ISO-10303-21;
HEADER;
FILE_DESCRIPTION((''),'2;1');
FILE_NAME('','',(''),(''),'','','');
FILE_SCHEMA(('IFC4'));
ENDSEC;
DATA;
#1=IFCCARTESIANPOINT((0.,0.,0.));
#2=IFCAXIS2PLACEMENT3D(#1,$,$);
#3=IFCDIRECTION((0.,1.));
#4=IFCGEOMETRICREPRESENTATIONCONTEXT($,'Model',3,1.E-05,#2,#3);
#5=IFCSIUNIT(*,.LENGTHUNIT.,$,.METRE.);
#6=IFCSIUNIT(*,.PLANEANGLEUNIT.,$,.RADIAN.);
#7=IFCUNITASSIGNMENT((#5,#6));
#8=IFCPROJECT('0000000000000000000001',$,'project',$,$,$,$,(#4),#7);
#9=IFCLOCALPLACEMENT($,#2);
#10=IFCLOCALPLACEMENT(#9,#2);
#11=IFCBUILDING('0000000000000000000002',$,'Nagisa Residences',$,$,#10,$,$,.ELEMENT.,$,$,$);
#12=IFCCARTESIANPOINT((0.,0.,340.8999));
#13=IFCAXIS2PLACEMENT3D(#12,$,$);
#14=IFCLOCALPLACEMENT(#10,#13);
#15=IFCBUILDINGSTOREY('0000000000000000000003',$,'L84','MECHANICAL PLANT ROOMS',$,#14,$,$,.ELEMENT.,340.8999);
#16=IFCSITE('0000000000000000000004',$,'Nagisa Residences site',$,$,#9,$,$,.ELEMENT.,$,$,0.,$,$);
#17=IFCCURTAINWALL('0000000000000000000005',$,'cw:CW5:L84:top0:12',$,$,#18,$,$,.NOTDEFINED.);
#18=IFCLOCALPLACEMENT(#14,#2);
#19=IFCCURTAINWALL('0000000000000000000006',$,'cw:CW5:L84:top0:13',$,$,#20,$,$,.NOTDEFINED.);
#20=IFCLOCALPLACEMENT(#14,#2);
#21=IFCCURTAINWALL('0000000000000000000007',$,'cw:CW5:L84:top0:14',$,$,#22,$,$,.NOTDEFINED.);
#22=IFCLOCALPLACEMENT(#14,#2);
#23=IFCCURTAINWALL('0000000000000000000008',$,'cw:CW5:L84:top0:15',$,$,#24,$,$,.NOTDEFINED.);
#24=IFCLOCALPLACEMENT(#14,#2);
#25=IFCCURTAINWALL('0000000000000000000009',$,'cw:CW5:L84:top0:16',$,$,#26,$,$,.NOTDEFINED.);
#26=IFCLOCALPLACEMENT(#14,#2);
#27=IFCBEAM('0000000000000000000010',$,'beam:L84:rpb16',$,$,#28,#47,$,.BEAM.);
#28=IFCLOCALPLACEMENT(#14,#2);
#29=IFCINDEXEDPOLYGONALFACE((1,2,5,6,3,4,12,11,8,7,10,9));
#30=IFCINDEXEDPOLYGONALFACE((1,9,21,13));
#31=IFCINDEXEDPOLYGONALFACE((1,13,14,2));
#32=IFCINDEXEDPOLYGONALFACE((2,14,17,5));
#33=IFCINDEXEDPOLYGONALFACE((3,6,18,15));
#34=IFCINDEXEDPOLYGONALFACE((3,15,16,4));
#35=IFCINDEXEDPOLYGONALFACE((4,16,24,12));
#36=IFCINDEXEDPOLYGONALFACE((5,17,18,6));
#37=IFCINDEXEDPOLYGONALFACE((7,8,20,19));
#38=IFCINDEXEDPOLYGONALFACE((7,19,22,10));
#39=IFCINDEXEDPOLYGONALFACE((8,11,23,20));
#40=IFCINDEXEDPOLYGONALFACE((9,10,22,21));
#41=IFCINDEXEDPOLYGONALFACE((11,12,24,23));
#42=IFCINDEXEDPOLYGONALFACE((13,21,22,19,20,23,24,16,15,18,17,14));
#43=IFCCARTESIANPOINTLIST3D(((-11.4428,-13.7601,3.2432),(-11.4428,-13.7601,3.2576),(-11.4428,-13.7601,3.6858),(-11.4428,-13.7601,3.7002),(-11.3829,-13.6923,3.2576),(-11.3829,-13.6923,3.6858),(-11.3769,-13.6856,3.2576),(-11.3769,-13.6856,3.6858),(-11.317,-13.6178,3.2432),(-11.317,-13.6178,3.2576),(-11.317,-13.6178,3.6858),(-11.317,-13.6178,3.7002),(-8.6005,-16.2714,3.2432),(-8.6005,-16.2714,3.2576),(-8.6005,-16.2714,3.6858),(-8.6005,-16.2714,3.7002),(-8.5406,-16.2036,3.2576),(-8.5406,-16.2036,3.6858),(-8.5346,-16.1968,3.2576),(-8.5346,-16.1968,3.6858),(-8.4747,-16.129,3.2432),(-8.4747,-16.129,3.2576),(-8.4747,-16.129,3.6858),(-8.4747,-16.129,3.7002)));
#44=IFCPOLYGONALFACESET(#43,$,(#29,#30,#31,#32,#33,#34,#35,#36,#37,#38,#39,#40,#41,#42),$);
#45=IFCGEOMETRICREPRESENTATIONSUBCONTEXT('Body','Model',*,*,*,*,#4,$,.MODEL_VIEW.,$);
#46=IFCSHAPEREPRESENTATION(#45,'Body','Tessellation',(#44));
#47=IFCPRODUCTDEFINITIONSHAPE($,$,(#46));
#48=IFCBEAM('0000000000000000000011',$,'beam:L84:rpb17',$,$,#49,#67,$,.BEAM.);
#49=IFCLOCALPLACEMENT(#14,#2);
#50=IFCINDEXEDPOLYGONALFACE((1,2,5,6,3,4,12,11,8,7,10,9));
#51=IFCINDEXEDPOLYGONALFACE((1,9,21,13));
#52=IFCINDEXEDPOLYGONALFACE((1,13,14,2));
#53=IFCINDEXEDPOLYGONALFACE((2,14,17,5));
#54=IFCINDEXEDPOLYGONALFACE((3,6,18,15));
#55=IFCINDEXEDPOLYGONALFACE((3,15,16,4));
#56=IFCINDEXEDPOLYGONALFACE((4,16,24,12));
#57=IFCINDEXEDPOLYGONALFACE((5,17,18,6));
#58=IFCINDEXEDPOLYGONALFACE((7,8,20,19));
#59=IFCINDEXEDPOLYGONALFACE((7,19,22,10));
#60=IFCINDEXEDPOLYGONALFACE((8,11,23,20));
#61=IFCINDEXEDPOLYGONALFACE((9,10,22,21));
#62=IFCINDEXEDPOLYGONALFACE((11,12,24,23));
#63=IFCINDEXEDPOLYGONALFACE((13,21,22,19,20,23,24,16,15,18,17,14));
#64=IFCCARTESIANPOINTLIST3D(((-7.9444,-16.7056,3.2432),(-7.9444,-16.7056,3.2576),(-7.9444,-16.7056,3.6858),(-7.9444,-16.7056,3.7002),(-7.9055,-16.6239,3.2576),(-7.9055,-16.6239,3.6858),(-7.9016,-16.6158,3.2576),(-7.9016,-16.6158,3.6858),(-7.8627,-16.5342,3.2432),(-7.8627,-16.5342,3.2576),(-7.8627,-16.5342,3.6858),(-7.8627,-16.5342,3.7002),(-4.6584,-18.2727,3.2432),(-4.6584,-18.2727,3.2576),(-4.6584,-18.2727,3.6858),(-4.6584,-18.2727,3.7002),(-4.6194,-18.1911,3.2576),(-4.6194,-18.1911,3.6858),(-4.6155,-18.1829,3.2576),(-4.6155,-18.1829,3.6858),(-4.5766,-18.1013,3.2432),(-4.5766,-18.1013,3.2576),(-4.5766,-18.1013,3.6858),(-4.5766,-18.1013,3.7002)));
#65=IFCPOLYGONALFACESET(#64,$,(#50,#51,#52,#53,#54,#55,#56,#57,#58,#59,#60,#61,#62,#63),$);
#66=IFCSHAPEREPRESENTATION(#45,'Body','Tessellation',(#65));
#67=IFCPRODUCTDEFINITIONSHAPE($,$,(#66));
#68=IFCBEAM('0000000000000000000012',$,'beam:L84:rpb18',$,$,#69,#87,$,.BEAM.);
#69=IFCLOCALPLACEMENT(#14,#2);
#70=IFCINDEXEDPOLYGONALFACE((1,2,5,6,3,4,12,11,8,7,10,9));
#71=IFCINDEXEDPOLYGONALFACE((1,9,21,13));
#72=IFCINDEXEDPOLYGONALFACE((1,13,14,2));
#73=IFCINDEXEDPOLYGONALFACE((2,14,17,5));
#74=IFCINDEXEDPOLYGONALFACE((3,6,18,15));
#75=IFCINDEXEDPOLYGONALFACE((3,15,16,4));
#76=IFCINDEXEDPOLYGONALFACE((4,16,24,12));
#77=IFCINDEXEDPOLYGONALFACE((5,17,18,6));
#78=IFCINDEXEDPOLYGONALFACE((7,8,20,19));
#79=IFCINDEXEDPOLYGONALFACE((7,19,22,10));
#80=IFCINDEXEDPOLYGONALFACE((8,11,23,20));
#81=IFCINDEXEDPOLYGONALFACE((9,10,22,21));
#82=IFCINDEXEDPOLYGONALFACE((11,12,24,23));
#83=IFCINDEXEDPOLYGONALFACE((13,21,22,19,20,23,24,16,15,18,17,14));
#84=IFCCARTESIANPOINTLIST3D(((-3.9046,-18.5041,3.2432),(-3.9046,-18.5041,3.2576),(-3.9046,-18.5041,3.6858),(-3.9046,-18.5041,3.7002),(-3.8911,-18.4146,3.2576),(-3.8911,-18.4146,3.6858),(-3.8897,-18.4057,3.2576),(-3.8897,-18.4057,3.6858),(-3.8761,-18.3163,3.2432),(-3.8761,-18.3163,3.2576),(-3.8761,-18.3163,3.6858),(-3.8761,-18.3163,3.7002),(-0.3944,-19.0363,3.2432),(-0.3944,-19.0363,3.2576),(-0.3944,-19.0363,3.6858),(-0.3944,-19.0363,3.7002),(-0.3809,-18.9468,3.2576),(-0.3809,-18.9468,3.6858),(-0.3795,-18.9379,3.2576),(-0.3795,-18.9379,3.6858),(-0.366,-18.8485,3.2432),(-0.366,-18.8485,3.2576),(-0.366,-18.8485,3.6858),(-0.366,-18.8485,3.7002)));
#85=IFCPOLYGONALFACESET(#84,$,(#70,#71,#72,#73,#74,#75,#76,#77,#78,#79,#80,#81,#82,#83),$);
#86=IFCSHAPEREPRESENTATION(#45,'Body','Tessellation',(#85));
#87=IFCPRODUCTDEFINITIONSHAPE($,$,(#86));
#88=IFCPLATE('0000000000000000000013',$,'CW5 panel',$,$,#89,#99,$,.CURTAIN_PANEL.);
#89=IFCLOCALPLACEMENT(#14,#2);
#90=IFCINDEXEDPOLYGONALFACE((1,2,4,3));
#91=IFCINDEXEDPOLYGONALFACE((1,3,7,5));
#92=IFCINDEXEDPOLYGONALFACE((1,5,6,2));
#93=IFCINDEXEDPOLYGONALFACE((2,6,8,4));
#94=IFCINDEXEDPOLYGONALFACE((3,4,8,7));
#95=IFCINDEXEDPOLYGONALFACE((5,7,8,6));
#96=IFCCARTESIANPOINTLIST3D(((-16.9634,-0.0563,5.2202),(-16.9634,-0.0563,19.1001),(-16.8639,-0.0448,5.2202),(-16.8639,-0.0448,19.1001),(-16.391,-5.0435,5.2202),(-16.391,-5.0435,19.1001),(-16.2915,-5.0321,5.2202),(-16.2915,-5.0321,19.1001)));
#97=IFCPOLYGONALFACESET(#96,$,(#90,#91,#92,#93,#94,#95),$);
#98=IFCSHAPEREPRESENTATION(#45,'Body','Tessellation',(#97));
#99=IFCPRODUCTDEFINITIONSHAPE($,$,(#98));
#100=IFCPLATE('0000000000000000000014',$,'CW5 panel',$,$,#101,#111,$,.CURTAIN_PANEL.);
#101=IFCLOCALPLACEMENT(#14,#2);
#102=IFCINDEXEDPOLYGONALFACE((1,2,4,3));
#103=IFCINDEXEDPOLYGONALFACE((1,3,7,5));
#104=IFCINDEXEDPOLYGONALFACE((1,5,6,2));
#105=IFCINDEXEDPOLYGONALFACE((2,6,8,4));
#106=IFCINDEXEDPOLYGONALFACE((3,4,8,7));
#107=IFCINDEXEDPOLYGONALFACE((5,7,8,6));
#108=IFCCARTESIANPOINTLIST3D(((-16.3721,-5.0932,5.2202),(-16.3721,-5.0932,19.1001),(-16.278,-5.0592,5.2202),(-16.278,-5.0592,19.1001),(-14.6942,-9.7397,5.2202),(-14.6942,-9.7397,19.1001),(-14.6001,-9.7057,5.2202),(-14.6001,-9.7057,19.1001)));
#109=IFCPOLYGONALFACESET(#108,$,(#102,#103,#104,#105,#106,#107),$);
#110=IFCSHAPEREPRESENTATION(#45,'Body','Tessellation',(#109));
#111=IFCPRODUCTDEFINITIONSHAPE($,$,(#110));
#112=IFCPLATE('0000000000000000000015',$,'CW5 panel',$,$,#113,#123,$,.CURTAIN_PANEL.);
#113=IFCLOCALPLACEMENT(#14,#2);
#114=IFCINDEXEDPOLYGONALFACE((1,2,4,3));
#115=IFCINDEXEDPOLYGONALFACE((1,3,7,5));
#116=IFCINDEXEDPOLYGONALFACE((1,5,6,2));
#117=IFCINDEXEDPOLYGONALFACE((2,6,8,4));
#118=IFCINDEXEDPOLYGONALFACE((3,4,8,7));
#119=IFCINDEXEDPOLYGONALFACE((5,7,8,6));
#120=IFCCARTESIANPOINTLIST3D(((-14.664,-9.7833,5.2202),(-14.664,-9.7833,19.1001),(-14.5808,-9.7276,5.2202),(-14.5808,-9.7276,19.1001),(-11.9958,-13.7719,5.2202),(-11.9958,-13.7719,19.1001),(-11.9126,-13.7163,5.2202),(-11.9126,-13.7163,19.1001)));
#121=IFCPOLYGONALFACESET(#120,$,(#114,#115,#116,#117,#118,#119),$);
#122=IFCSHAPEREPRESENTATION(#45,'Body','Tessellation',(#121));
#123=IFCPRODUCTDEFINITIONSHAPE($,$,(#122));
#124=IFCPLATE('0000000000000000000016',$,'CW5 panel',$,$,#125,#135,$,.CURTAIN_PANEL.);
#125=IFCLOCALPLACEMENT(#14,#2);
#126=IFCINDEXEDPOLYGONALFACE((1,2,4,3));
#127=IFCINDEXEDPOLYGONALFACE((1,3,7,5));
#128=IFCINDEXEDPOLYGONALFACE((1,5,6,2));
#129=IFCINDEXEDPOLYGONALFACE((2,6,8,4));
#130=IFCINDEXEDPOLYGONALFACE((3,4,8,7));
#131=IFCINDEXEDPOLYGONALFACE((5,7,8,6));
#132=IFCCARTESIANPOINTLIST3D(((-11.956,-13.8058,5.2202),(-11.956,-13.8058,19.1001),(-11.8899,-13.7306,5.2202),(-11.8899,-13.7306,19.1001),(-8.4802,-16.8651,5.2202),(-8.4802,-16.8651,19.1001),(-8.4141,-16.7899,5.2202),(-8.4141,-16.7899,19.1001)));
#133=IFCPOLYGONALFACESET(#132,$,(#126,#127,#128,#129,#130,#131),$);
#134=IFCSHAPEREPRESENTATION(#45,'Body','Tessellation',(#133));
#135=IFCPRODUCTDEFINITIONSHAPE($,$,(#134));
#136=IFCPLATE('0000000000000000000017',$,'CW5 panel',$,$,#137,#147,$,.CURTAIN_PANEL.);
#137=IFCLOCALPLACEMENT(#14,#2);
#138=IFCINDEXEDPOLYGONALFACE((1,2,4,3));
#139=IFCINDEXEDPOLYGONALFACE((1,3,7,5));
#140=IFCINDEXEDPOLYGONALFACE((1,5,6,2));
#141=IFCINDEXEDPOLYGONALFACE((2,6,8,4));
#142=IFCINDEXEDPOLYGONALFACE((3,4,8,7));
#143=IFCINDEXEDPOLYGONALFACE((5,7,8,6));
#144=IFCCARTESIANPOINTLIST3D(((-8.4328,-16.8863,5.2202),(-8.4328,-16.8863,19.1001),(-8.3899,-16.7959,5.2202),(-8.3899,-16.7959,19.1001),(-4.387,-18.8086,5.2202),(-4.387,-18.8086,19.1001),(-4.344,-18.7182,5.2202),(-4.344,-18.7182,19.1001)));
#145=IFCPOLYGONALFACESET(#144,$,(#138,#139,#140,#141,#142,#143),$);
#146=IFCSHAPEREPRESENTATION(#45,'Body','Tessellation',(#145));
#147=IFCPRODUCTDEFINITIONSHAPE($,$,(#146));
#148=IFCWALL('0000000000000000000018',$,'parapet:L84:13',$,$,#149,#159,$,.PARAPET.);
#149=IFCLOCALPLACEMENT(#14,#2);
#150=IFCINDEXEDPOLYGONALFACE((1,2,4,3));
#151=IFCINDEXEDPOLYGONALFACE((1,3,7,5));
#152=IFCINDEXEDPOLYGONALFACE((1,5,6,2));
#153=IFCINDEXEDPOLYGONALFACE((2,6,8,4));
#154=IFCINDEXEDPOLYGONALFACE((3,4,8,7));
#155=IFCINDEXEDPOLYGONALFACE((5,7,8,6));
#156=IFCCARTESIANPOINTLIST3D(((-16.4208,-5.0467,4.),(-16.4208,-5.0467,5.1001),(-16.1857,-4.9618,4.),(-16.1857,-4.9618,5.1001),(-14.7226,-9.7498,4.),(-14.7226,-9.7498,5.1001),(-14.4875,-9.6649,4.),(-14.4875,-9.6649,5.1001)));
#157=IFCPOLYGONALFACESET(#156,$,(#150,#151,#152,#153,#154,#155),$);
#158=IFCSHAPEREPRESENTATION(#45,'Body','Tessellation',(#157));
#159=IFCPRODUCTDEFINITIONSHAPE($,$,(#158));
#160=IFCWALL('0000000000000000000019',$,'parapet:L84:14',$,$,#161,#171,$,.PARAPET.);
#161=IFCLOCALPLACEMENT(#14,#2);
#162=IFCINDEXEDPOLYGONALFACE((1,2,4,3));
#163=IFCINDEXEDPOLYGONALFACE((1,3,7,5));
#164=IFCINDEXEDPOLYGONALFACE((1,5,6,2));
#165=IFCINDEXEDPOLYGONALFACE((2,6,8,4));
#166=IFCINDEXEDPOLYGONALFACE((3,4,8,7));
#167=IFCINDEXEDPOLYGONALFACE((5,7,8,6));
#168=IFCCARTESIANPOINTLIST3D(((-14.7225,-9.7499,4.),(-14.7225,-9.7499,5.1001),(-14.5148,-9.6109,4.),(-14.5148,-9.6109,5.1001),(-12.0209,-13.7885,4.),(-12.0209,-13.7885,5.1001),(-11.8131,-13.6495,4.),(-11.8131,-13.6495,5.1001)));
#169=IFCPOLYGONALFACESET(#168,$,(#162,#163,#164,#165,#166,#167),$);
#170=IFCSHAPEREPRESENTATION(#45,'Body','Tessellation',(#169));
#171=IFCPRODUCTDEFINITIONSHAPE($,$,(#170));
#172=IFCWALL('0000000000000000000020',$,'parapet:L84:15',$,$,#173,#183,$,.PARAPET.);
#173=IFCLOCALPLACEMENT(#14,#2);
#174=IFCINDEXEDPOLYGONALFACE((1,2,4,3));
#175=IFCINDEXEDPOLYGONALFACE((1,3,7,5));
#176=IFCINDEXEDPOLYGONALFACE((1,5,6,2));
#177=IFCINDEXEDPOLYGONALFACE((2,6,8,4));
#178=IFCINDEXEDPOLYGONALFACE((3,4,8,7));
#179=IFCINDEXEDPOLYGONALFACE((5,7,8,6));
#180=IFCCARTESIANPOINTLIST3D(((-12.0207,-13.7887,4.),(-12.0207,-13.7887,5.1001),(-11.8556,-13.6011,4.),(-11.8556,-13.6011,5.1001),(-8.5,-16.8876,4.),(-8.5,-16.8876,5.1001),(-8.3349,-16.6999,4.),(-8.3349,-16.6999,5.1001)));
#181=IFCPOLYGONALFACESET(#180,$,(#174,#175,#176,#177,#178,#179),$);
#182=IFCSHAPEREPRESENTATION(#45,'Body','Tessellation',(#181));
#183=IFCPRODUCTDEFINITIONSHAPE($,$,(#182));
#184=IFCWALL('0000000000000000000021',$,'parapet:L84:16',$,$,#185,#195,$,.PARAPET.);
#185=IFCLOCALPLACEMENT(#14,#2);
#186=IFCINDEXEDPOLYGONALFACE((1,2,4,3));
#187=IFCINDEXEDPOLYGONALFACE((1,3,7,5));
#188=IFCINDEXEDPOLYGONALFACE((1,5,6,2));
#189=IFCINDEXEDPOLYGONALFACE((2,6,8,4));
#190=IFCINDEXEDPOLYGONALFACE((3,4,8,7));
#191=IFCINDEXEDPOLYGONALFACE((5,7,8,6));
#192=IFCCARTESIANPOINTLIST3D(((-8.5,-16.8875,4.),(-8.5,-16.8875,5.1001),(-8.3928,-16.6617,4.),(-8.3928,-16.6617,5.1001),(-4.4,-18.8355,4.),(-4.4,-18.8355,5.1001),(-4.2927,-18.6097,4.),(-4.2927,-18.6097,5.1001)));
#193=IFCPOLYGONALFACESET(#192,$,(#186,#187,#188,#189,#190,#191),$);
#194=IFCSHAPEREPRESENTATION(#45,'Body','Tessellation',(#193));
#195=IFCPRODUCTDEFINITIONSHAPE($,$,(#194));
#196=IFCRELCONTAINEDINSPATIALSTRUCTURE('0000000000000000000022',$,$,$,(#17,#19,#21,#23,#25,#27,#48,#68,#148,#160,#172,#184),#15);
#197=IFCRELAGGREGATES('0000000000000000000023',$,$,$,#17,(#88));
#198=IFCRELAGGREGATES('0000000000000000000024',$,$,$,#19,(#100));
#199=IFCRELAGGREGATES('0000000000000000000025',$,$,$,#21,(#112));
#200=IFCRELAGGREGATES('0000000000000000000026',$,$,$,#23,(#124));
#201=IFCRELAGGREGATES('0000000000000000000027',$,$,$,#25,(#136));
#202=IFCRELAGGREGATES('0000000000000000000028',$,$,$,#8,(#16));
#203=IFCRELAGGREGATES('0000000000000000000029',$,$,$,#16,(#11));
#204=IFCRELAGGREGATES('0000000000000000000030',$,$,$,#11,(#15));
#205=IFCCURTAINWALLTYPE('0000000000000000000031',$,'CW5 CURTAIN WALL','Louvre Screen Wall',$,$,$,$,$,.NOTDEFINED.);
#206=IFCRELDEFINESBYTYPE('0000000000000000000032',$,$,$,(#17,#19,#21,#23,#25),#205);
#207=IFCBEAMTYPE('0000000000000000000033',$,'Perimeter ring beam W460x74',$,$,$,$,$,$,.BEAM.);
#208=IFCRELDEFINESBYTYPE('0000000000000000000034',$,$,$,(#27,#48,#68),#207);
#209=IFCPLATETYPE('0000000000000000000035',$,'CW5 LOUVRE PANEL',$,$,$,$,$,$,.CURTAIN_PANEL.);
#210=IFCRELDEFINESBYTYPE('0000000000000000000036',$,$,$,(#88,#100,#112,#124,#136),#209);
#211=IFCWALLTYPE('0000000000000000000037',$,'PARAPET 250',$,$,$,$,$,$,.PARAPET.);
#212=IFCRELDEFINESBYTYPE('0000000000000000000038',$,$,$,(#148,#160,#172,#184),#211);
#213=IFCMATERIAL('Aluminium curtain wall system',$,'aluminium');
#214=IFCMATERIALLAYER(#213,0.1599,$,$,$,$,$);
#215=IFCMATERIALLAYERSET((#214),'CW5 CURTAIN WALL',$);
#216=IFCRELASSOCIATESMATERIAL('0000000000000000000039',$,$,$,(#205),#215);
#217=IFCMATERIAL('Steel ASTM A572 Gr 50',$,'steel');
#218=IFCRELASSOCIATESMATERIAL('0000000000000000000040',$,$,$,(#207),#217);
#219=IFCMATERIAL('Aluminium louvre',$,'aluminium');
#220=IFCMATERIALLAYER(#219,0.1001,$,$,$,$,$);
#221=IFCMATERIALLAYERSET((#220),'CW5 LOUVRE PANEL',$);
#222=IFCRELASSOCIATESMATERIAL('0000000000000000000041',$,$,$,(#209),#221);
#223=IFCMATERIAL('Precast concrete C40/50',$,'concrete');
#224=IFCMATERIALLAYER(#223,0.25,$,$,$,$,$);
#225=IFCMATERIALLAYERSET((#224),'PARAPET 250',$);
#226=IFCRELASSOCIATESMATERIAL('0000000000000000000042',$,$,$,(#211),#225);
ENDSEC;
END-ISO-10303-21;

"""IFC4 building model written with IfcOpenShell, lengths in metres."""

from ifc_helpers import new_model, si_unit, direction, frame, frame_2d, origin, origin_2d, place, context, subcontext, project, spatial, rectangle, i_section, extrude, material, layer, layer_set, material_profile, profile_set, type_object, element, aggregate, save


model = new_model("IFC4")

# Units and contexts
model_context = context("Model", 3, precision=1e-05, world=origin(), true_north=direction((0.0, 1.0)))
body_context = subcontext(model_context, "Body", "Model", "MODEL_VIEW")
ifc_project = project(units=[si_unit("LENGTHUNIT", "METRE"), si_unit("PLANEANGLEUNIT", "RADIAN")], contexts=[model_context])

# Site, building, storey
site_placement = place(None, origin())
site = spatial("IfcSite", under=ifc_project, at=site_placement, Name="Nagisa Residences site", CompositionType="ELEMENT", RefElevation=0.0)
building_placement = place(site_placement, origin())
building = spatial("IfcBuilding", under=site, at=building_placement, Name="Nagisa Residences", CompositionType="ELEMENT")
storey_placement = place(building_placement, frame((0.0, 0.0, 340.8999)))
storey = spatial("IfcBuildingStorey", under=building, at=storey_placement, Name="L84", Description="MECHANICAL PLANT ROOMS", CompositionType="ELEMENT", Elevation=340.8999)

# Curtain walls
ifc_material_1 = material(Name="Aluminium curtain wall system", Category="aluminium")
ifc_layer_1 = layer(ifc_material_1, 0.1599)
ifc_layer_set_1 = layer_set([ifc_layer_1], Name="CW5 CURTAIN WALL")
curtain_wall_type = type_object("IfcCurtainWallType", Name="CW5 CURTAIN WALL", Description="Louvre Screen Wall", PredefinedType="NOTDEFINED", material=ifc_layer_set_1)
curtain_wall_1_placement = place(storey_placement, origin())
curtain_wall_1 = element("IfcCurtainWall", 1, at=curtain_wall_1_placement, inside=storey, type_object=curtain_wall_type, Name="cw:CW5:L84:top0:12", PredefinedType="NOTDEFINED")
curtain_wall_2_placement = place(storey_placement, origin())
curtain_wall_2 = element("IfcCurtainWall", 2, at=curtain_wall_2_placement, inside=storey, type_object=curtain_wall_type, Name="cw:CW5:L84:top0:13", PredefinedType="NOTDEFINED")
curtain_wall_3_placement = place(storey_placement, origin())
curtain_wall_3 = element("IfcCurtainWall", 3, at=curtain_wall_3_placement, inside=storey, type_object=curtain_wall_type, Name="cw:CW5:L84:top0:14", PredefinedType="NOTDEFINED")
curtain_wall_4_placement = place(storey_placement, origin())
curtain_wall_4 = element("IfcCurtainWall", 4, at=curtain_wall_4_placement, inside=storey, type_object=curtain_wall_type, Name="cw:CW5:L84:top0:15", PredefinedType="NOTDEFINED")
curtain_wall_5_placement = place(storey_placement, origin())
curtain_wall_5 = element("IfcCurtainWall", 5, at=curtain_wall_5_placement, inside=storey, type_object=curtain_wall_type, Name="cw:CW5:L84:top0:16", PredefinedType="NOTDEFINED")

# Beams
ifc_material_2 = material(Name="Steel ASTM A572 Gr 50", Category="steel")
ifc_material_profile_1 = material_profile(ifc_material_2, i_section(OverallWidth=0.1899, OverallDepth=0.457, WebThickness=0.009, FlangeThickness=0.0144, at=origin_2d()), Name="W460x74")
ifc_profile_set_1 = profile_set([ifc_material_profile_1], Name="Steel ASTM A572 Gr 50")
beam_type = type_object("IfcBeamType", Name="Perimeter ring beam W460x74", PredefinedType="BEAM", material=ifc_profile_set_1)
beam_1_placement = place(storey_placement, frame((-11.3799, -13.689, 3.4717), z_axis=(0.749402, -0.662115, 0.0), x_axis=(0.662115, 0.749402, 0.0)))
element("IfcBeam", 6, at=beam_1_placement, inside=storey, type_object=beam_type, Name="beam:L84:rpb16", PredefinedType="BEAM", context=body_context, shape_type="SweptSolid", body=[
    extrude(i_section(OverallWidth=0.1899, OverallDepth=0.457, WebThickness=0.009, FlangeThickness=0.0144, at=origin_2d()), origin(), (0.0, 0.0, 1.0), 3.7927),
])
beam_2_placement = place(storey_placement, frame((-7.9036, -16.6199, 3.4717), z_axis=(0.902614, -0.430452, 0.0), x_axis=(0.430452, 0.902614, 0.0)))
element("IfcBeam", 7, at=beam_2_placement, inside=storey, type_object=beam_type, Name="beam:L84:rpb17", PredefinedType="BEAM", context=body_context, shape_type="SweptSolid", body=[
    extrude(i_section(OverallWidth=0.1899, OverallDepth=0.457, WebThickness=0.009, FlangeThickness=0.0144, at=origin_2d()), origin(), (0.0, 0.0, 1.0), 3.6406),
])
beam_3_placement = place(storey_placement, frame((-3.8904, -18.4102, 3.4717), z_axis=(0.9887, -0.149907, 0.0), x_axis=(0.149907, 0.9887, 0.0)))
element("IfcBeam", 8, at=beam_3_placement, inside=storey, type_object=beam_type, Name="beam:L84:rpb18", PredefinedType="BEAM", context=body_context, shape_type="SweptSolid", body=[
    extrude(i_section(OverallWidth=0.1899, OverallDepth=0.457, WebThickness=0.009, FlangeThickness=0.0144, at=origin_2d()), origin(), (0.0, 0.0, 1.0), 3.5503),
])

# Plates
ifc_material_3 = material(Name="Aluminium louvre", Category="aluminium")
ifc_layer_2 = layer(ifc_material_3, 0.1001)
ifc_layer_set_2 = layer_set([ifc_layer_2], Name="CW5 LOUVRE PANEL")
plate_type = type_object("IfcPlateType", Name="CW5 LOUVRE PANEL", PredefinedType="CURTAIN_PANEL", material=ifc_layer_set_2)
plate_1_placement = place(storey_placement, frame((-16.6274, -2.5442, 5.2202), z_axis=(0.0, 0.0, 1.0), x_axis=(0.114025, -0.993478, 0.0)))
plate_1 = element("IfcPlate", 9, at=plate_1_placement, type_object=plate_type, Name="CW5 panel", PredefinedType="CURTAIN_PANEL", context=body_context, shape_type="SweptSolid", body=[
    extrude(rectangle(XDim=5.02, YDim=0.1001, at=origin_2d()), origin(), (0.0, 0.0, 1.0), 13.8799),
])
aggregate(curtain_wall_1, [plate_1])
plate_2_placement = place(storey_placement, frame((-15.4861, -7.3994, 5.2202), z_axis=(0.0, 0.0, 1.0), x_axis=(0.339643, -0.940554, 0.0)))
plate_2 = element("IfcPlate", 10, at=plate_2_placement, type_object=plate_type, Name="CW5 panel", PredefinedType="CURTAIN_PANEL", context=body_context, shape_type="SweptSolid", body=[
    extrude(rectangle(XDim=4.9402, YDim=0.1001, at=origin_2d()), origin(), (0.0, 0.0, 1.0), 13.8799),
])
aggregate(curtain_wall_2, [plate_2])
plate_3_placement = place(storey_placement, frame((-13.2883, -11.7498, 5.2202), z_axis=(0.0, 0.0, 1.0), x_axis=(0.556014, -0.831173, 0.0)))
plate_3 = element("IfcPlate", 11, at=plate_3_placement, type_object=plate_type, Name="CW5 panel", PredefinedType="CURTAIN_PANEL", context=body_context, shape_type="SweptSolid", body=[
    extrude(rectangle(XDim=4.7988, YDim=0.1001, at=origin_2d()), origin(), (0.0, 0.0, 1.0), 13.8799),
])
aggregate(curtain_wall_3, [plate_3])
plate_4_placement = place(storey_placement, frame((-10.1851, -15.2979, 5.2202), z_axis=(0.0, 0.0, 1.0), x_axis=(0.750651, -0.660699, 0.0)))
plate_4 = element("IfcPlate", 12, at=plate_4_placement, type_object=plate_type, Name="CW5 panel", PredefinedType="CURTAIN_PANEL", context=body_context, shape_type="SweptSolid", body=[
    extrude(rectangle(XDim=4.6304, YDim=0.1001, at=origin_2d()), origin(), (0.0, 0.0, 1.0), 13.8799),
])
aggregate(curtain_wall_4, [plate_4])
plate_5_placement = place(storey_placement, frame((-6.3884, -17.8022, 5.2202), z_axis=(0.0, 0.0, 1.0), x_axis=(0.903233, -0.429151, 0.0)))
plate_5 = element("IfcPlate", 13, at=plate_5_placement, type_object=plate_type, Name="CW5 panel", PredefinedType="CURTAIN_PANEL", context=body_context, shape_type="SweptSolid", body=[
    extrude(rectangle(XDim=4.4792, YDim=0.1001, at=origin_2d()), origin(), (0.0, 0.0, 1.0), 13.8799),
])
aggregate(curtain_wall_5, [plate_5])

# Walls
ifc_material_4 = material(Name="Precast concrete C40/50", Category="concrete")
ifc_layer_3 = layer(ifc_material_4, 0.25)
ifc_layer_set_3 = layer_set([ifc_layer_3], Name="PARAPET 250")
wall_type = type_object("IfcWallType", Name="PARAPET 250", PredefinedType="PARAPET", material=ifc_layer_set_3)
wall_1_placement = place(storey_placement, frame((-16.3032, -5.0044, 4.0), z_axis=(0.0, 0.0, 1.0), x_axis=(0.339625, -0.940561, 0.0)))
element("IfcWall", 14, at=wall_1_placement, inside=storey, type_object=wall_type, Name="parapet:L84:13", PredefinedType="PARAPET", context=body_context, shape_type="SweptSolid", body=[
    extrude(rectangle(XDim=5.0002, YDim=0.25, at=frame_2d((2.5, 0.0))), origin(), (0.0, 0.0, 1.0), 1.1001),
])
wall_2_placement = place(storey_placement, frame((-14.6187, -9.6804, 4.0), z_axis=(0.0, 0.0, 1.0), x_axis=(0.556021, -0.831168, 0.0)))
element("IfcWall", 15, at=wall_2_placement, inside=storey, type_object=wall_type, Name="parapet:L84:14", PredefinedType="PARAPET", context=body_context, shape_type="SweptSolid", body=[
    extrude(rectangle(XDim=4.8589, YDim=0.25, at=frame_2d((2.4294, 0.0))), origin(), (0.0, 0.0, 1.0), 1.1001),
])
wall_3_placement = place(storey_placement, frame((-11.9382, -13.6948, 4.0), z_axis=(0.0, 0.0, 1.0), x_axis=(0.750648, -0.660702, 0.0)))
element("IfcWall", 16, at=wall_3_placement, inside=storey, type_object=wall_type, Name="parapet:L84:15", PredefinedType="PARAPET", context=body_context, shape_type="SweptSolid", body=[
    extrude(rectangle(XDim=4.6902, YDim=0.25, at=frame_2d((2.3452, 0.0))), origin(), (0.0, 0.0, 1.0), 1.1001),
])
wall_4_placement = place(storey_placement, frame((-8.4463, -16.7747, 4.0), z_axis=(0.0, 0.0, 1.0), x_axis=(0.903239, -0.429138, 0.0)))
element("IfcWall", 17, at=wall_4_placement, inside=storey, type_object=wall_type, Name="parapet:L84:16", PredefinedType="PARAPET", context=body_context, shape_type="SweptSolid", body=[
    extrude(rectangle(XDim=4.5393, YDim=0.25, at=frame_2d((2.2695, 0.0))), origin(), (0.0, 0.0, 1.0), 1.1001),
])

save(model, "model.ifc")
